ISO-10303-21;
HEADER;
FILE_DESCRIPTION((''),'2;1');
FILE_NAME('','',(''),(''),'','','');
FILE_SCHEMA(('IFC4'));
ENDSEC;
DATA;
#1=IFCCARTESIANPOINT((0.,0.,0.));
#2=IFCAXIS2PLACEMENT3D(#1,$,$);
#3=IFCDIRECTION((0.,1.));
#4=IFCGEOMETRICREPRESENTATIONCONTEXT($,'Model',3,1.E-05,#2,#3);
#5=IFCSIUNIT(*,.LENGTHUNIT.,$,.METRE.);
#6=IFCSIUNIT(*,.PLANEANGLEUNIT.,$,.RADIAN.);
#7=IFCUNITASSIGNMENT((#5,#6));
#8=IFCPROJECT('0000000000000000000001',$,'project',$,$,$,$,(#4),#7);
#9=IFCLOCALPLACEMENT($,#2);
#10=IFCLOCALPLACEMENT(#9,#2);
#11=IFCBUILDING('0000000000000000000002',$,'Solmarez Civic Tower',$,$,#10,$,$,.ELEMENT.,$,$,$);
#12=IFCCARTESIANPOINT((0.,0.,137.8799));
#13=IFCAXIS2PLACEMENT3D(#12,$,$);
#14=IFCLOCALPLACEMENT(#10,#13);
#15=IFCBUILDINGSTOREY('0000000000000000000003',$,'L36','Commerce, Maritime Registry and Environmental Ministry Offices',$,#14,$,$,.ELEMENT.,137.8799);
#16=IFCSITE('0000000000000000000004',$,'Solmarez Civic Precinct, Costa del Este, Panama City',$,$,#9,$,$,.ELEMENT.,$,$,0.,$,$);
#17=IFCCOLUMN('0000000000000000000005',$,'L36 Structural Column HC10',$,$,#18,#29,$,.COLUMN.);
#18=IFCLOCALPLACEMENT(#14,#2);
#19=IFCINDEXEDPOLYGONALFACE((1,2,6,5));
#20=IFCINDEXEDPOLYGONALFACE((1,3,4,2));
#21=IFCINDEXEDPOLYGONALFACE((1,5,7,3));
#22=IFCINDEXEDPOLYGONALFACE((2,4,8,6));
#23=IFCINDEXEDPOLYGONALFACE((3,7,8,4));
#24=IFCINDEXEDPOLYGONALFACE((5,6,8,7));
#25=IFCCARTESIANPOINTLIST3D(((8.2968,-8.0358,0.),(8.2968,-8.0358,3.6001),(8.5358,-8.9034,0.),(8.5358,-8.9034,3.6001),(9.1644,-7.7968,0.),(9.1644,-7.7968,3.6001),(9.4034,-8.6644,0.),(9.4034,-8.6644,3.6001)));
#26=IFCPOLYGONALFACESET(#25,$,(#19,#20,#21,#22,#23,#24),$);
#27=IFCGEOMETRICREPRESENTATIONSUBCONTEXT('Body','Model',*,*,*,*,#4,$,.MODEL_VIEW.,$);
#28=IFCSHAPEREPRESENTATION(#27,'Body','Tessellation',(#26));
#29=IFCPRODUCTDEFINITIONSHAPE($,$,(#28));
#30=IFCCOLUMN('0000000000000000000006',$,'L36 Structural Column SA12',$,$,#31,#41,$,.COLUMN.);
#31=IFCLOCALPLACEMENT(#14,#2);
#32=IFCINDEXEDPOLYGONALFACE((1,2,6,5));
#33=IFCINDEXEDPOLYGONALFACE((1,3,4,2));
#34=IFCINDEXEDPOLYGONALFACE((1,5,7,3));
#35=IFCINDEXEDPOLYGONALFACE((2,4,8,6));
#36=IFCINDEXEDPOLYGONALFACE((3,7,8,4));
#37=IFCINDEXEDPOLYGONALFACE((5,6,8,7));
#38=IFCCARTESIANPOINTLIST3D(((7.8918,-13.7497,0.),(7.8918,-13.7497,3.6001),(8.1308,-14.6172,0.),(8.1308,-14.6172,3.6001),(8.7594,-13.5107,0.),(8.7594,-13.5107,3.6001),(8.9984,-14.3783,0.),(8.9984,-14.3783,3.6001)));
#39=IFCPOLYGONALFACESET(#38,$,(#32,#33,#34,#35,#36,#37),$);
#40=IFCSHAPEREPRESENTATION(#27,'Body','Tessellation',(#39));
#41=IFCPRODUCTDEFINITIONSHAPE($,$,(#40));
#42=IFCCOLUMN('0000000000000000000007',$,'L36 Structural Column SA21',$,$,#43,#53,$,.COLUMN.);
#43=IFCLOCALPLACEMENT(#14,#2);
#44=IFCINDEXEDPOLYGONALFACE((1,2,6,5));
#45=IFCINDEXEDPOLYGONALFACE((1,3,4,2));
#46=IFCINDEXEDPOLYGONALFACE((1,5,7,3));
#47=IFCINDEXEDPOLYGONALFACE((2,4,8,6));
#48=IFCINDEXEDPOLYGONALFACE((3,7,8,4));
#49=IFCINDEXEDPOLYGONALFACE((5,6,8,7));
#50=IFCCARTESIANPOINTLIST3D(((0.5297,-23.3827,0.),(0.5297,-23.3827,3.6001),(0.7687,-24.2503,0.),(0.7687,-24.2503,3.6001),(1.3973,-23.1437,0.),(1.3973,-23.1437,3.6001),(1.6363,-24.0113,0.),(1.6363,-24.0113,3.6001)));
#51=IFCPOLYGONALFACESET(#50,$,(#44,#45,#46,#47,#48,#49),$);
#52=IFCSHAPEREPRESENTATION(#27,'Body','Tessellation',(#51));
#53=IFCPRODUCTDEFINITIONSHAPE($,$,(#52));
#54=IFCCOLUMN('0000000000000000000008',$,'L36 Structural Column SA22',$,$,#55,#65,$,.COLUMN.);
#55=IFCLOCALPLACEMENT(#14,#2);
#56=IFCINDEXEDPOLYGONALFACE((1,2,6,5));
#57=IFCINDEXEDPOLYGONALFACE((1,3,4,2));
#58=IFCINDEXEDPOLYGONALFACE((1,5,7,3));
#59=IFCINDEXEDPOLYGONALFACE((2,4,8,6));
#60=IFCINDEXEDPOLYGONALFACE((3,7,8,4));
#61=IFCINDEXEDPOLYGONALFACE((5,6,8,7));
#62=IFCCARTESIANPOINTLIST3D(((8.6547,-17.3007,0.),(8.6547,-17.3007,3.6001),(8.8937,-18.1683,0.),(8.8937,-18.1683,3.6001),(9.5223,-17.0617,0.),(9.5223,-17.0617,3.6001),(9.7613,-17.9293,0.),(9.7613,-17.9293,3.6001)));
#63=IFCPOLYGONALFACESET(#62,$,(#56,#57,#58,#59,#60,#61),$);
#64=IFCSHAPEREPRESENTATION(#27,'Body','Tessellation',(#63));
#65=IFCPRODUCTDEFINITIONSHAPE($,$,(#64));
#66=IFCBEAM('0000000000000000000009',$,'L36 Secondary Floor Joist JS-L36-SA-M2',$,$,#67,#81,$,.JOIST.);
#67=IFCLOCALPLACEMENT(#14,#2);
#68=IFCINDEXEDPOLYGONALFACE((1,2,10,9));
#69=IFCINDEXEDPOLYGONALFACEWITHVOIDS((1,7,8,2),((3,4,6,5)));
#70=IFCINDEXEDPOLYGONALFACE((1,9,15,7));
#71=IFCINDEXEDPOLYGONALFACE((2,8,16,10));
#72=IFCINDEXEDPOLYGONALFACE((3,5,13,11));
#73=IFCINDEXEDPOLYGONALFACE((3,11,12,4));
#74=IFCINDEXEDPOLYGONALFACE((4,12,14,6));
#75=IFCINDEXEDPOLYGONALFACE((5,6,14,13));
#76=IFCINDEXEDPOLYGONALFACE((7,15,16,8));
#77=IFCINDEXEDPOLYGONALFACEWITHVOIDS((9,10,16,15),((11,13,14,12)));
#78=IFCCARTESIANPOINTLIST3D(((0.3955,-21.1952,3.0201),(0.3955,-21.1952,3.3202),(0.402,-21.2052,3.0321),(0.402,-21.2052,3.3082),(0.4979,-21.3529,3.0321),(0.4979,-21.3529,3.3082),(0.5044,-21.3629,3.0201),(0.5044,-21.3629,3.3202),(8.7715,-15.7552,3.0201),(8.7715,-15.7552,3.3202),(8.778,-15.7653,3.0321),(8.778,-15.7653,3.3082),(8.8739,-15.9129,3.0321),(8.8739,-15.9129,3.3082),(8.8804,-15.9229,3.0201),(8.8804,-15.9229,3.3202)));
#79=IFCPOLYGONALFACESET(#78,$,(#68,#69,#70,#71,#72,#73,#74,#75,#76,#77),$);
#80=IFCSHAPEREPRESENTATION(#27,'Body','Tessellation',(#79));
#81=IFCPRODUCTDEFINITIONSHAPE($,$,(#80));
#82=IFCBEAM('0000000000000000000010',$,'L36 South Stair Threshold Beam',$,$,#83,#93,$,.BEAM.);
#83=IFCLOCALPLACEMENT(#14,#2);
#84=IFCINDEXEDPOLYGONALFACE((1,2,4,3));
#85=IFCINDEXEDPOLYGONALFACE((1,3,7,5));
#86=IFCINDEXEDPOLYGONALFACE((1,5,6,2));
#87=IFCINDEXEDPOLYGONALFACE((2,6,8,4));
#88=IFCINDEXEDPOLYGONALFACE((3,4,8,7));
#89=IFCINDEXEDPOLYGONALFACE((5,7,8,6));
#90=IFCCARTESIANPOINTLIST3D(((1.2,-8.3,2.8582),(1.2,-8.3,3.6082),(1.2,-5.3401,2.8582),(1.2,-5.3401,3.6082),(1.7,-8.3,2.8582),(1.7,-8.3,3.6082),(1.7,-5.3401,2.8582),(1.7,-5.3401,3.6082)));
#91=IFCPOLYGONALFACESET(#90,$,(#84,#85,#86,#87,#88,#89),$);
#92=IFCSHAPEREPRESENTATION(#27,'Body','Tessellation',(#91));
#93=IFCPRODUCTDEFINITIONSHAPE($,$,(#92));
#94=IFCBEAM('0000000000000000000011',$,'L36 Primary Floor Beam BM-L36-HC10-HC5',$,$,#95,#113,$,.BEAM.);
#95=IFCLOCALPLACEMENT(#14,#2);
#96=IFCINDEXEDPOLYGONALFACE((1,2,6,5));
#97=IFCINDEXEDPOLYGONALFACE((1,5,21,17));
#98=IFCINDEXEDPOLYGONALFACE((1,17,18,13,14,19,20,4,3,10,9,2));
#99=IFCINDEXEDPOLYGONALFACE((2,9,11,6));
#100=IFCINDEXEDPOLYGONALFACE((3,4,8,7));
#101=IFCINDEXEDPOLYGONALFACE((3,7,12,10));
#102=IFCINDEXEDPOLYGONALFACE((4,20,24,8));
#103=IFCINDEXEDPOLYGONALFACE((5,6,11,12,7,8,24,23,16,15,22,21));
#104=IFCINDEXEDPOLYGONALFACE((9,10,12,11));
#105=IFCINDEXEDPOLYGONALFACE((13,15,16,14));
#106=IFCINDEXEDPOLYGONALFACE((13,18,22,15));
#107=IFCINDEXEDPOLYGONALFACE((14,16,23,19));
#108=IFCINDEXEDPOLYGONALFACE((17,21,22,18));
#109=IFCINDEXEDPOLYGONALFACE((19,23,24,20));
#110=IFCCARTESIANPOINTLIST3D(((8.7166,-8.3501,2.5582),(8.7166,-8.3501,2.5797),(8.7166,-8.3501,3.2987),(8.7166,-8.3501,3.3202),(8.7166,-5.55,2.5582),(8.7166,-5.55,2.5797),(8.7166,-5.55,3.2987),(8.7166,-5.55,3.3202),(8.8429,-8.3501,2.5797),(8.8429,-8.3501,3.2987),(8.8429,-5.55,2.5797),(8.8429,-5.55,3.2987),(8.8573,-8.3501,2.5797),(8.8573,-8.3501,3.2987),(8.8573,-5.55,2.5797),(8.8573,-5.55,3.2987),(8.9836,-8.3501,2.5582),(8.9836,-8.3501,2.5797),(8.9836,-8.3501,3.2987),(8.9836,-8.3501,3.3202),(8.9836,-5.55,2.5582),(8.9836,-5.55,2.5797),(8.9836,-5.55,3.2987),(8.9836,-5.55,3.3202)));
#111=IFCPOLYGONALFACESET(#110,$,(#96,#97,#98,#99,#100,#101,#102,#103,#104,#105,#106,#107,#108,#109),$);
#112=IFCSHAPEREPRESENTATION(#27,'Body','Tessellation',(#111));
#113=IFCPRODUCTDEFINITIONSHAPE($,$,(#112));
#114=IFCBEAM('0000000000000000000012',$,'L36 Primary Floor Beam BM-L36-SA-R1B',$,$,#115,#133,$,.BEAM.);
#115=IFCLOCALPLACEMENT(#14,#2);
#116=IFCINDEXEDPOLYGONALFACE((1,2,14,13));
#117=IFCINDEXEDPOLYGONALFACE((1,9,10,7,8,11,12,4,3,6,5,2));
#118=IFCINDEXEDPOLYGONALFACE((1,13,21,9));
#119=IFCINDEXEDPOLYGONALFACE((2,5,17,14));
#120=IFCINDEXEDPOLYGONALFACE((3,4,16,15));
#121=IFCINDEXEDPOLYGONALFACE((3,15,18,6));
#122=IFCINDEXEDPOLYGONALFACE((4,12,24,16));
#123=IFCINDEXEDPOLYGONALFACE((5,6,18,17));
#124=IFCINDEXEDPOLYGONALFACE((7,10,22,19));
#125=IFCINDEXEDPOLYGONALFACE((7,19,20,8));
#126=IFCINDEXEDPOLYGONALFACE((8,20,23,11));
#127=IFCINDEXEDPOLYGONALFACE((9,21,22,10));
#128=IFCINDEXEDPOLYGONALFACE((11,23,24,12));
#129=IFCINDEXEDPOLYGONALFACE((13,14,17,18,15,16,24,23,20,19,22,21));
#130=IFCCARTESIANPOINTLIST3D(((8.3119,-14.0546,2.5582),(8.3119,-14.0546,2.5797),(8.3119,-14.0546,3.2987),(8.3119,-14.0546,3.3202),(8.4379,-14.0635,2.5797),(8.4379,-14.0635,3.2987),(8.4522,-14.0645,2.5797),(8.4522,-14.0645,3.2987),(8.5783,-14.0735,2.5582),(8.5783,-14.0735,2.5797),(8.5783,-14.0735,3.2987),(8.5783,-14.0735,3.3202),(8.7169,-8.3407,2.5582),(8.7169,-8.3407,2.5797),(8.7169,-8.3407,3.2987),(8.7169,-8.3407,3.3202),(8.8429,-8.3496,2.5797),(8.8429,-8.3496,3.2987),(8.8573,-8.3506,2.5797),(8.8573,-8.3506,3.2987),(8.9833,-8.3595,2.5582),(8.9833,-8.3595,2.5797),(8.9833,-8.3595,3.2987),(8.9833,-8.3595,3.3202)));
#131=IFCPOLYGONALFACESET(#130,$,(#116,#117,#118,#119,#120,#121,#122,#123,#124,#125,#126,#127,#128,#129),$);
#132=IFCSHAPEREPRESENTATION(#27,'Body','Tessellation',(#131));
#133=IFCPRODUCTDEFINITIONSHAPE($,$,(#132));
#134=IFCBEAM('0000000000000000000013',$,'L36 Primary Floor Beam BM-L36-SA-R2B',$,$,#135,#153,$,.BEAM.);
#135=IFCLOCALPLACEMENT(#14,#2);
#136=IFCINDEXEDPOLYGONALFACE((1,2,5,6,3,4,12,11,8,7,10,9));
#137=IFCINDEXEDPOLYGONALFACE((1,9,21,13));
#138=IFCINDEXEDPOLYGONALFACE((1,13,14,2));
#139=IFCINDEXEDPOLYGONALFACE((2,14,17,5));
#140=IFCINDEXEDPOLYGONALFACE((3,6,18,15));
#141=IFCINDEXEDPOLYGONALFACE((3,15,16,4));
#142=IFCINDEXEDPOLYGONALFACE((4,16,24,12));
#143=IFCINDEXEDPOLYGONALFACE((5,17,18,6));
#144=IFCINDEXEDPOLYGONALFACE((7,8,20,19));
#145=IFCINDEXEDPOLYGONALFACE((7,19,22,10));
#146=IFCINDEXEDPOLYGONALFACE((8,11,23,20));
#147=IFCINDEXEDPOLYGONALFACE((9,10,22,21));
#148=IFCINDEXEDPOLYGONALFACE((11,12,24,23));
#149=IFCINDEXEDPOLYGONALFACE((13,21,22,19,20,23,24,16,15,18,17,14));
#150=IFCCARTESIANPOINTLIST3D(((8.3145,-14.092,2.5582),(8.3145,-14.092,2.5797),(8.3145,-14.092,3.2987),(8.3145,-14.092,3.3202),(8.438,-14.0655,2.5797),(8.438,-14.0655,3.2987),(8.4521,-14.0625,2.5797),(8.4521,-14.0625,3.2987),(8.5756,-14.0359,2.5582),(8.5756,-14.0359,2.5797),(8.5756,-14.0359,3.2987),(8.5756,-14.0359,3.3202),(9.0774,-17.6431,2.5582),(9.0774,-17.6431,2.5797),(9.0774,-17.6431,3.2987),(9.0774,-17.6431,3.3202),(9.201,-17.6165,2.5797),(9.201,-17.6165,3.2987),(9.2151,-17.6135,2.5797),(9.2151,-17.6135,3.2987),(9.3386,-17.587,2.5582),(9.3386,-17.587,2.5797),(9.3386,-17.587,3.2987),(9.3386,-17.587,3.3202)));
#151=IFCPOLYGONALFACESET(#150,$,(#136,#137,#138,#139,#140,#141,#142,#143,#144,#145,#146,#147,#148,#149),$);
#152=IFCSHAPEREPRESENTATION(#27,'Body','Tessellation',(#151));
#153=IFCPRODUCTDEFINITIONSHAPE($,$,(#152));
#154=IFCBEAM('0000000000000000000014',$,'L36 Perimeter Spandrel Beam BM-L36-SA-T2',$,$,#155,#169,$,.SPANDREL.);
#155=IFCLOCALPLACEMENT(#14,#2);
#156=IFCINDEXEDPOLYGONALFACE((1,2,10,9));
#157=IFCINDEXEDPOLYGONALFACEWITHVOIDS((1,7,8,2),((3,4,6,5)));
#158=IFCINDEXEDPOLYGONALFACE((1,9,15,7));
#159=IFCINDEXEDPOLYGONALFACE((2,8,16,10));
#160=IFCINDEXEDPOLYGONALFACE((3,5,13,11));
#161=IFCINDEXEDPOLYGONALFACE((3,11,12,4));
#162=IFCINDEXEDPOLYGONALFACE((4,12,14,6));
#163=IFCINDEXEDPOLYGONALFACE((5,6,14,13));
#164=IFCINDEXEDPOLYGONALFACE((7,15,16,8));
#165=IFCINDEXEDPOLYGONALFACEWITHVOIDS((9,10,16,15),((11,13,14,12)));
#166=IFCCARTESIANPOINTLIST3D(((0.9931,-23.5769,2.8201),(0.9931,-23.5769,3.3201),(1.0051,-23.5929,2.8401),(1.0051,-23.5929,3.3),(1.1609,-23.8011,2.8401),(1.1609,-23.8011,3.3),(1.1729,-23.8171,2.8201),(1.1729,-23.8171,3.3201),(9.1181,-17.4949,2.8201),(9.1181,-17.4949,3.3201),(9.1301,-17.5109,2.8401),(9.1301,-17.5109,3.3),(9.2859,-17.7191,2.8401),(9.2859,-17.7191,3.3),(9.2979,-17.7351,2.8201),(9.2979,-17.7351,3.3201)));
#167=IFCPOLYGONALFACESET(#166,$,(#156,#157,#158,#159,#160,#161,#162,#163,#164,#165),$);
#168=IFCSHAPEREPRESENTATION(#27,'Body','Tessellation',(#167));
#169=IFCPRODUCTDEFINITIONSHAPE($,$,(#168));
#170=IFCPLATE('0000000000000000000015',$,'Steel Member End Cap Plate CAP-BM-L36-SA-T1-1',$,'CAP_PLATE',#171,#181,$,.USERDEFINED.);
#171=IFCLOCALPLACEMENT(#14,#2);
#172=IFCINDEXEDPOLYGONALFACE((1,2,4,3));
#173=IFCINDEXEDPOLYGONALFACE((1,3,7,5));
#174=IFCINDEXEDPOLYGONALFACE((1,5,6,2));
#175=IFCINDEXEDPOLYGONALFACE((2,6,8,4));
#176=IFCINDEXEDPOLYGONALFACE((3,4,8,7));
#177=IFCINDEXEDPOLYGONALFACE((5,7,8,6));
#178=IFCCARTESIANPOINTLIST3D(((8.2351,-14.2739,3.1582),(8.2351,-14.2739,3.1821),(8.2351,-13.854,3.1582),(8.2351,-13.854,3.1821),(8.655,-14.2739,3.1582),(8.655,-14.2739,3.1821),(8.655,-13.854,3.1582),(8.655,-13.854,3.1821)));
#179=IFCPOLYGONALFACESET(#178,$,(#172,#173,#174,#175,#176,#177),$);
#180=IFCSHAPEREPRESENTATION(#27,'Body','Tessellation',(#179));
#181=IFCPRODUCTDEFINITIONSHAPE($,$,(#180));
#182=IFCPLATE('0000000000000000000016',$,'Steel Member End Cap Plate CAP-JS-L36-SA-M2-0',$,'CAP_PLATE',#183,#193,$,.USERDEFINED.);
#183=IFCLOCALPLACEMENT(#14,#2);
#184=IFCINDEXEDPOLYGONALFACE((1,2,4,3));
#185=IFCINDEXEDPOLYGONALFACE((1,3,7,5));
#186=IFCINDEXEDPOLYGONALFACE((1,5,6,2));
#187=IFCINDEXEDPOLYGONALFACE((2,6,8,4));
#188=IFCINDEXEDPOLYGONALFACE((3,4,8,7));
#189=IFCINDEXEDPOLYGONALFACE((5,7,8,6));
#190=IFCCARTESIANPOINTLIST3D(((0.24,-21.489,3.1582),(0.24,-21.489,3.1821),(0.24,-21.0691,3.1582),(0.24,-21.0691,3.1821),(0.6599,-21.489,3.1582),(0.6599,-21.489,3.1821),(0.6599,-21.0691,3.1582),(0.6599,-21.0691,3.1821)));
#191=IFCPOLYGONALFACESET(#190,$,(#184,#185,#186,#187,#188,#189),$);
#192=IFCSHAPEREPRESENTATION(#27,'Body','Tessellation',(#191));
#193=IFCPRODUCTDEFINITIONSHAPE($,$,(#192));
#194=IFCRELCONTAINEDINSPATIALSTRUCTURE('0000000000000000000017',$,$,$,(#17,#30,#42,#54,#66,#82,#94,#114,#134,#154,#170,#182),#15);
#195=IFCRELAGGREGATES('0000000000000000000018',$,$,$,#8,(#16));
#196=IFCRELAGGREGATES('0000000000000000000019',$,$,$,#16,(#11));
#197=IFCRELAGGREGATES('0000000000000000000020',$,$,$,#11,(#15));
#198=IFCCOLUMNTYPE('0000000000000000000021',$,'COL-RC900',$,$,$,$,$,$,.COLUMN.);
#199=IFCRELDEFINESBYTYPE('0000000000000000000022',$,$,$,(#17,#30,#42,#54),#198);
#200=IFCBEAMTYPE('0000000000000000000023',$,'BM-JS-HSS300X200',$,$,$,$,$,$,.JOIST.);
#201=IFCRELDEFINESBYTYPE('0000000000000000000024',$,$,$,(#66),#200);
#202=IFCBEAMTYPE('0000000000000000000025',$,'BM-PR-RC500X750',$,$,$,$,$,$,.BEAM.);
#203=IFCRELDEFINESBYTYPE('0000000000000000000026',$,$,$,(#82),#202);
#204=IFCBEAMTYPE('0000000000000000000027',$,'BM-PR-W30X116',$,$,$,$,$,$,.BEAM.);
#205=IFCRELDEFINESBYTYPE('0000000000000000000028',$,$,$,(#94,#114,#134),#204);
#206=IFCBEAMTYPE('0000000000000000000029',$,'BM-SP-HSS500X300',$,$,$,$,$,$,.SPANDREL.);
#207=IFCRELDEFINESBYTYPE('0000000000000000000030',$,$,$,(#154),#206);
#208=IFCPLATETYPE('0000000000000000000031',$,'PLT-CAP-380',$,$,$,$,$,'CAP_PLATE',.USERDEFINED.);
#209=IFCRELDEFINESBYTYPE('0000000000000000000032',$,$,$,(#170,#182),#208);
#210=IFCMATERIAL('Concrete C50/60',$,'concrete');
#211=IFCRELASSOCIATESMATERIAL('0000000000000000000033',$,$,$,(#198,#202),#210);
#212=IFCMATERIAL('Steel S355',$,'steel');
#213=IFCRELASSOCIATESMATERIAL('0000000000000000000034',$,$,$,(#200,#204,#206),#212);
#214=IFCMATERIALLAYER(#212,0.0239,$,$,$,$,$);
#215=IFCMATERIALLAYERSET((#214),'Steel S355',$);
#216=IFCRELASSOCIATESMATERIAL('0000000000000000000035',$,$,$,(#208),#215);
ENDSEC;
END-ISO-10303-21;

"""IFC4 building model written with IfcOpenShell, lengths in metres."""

from ifc_helpers import new_model, si_unit, direction, frame, origin, origin_2d, place, context, subcontext, project, spatial, rectangle, hollow_rectangle, i_section, extrude, material, layer, layer_set, material_profile, profile_set, type_object, element, save


model = new_model("IFC4")

# Units and contexts
model_context = context("Model", 3, precision=1e-05, world=origin(), true_north=direction((0.0, 1.0)))
body_context = subcontext(model_context, "Body", "Model", "MODEL_VIEW")
ifc_project = project(units=[si_unit("LENGTHUNIT", "METRE"), si_unit("PLANEANGLEUNIT", "RADIAN")], contexts=[model_context])

# Site, building, storey
site_placement = place(None, origin())
site = spatial("IfcSite", under=ifc_project, at=site_placement, Name="Solmarez Civic Precinct, Costa del Este, Panama City", CompositionType="ELEMENT", RefElevation=0.0)
building_placement = place(site_placement, origin())
building = spatial("IfcBuilding", under=site, at=building_placement, Name="Solmarez Civic Tower", CompositionType="ELEMENT")
storey_placement = place(building_placement, frame((0.0, 0.0, 137.8799)))
storey = spatial("IfcBuildingStorey", under=building, at=storey_placement, Name="L36", Description="Commerce, Maritime Registry and Environmental Ministry Offices", CompositionType="ELEMENT", Elevation=137.8799)

# Columns
ifc_material_1 = material(Name="Concrete C50/60", Category="concrete")
ifc_material_profile_1 = material_profile(ifc_material_1, rectangle(XDim=0.8999, YDim=0.8999, at=origin_2d()), Name="RC900X900")
ifc_profile_set_1 = profile_set([ifc_material_profile_1], Name="Concrete C50/60")
column_type = type_object("IfcColumnType", Name="COL-RC900", PredefinedType="COLUMN", material=ifc_profile_set_1)
for number, where, z_axis, x_axis, name in (
    (1, (8.8501, -8.3501, 0.0), (0.0, 0.0, 1.0), (0.964095, 0.265556, 0.0), "L36 Structural Column HC10"),
    (2, (8.4451, -14.064, 0.0), (0.0, 0.0, 1.0), (0.964095, 0.265556, 0.0), "L36 Structural Column SA12"),
    (3, (1.083, -23.697, 0.0), (0.0, 0.0, 1.0), (0.964095, 0.265556, 0.0), "L36 Structural Column SA21"),
    (4, (9.208, -17.615, 0.0), (0.0, 0.0, 1.0), (0.964095, 0.265556, 0.0), "L36 Structural Column SA22"),
):
    element("IfcColumn", number, at=place(storey_placement, frame(where, z_axis=z_axis, x_axis=x_axis)), inside=storey, type_object=column_type, Name=name, PredefinedType="COLUMN", context=body_context, shape_type="SweptSolid", body=[
        extrude(rectangle(XDim=0.8999, YDim=0.8999, at=origin_2d()), origin(), (0.0, 0.0, 1.0), 3.6001),
    ])

# Beams
ifc_material_2 = material(Name="Steel S355", Category="steel")
ifc_material_profile_2 = material_profile(ifc_material_2, hollow_rectangle(XDim=0.2, YDim=0.3, WallThickness=0.012, at=origin_2d()), Name="HSS300X200X12")
ifc_profile_set_2 = profile_set([ifc_material_profile_2], Name="Steel S355")
beam_type_1 = type_object("IfcBeamType", Name="BM-JS-HSS300X200", PredefinedType="JOIST", material=ifc_profile_set_2)
beam_1_placement = place(storey_placement, frame((0.45, -21.2791, 3.1702), z_axis=(0.838647, 0.544676, 0.0), x_axis=(-0.544676, 0.838647, 0.0)))
element("IfcBeam", 5, at=beam_1_placement, inside=storey, type_object=beam_type_1, Name="L36 Secondary Floor Joist JS-L36-SA-M2", PredefinedType="JOIST", context=body_context, shape_type="SweptSolid", body=[
    extrude(hollow_rectangle(XDim=0.2, YDim=0.3, WallThickness=0.012, at=origin_2d()), origin(), (0.0, 0.0, 1.0), 9.9875),
])
ifc_material_profile_3 = material_profile(ifc_material_1, rectangle(XDim=0.5, YDim=0.75, at=origin_2d()), Name="RC500X750")
ifc_profile_set_3 = profile_set([ifc_material_profile_3], Name="Concrete C50/60")
beam_type_2 = type_object("IfcBeamType", Name="BM-PR-RC500X750", PredefinedType="BEAM", material=ifc_profile_set_3)
beam_2_placement = place(storey_placement, frame((1.45, -8.3, 3.2332), z_axis=(0.0, 1.0, 0.0), x_axis=(-1.0, 0.0, 0.0)))
element("IfcBeam", 6, at=beam_2_placement, inside=storey, type_object=beam_type_2, Name="L36 South Stair Threshold Beam", PredefinedType="BEAM", context=body_context, shape_type="SweptSolid", body=[
    extrude(rectangle(XDim=0.5, YDim=0.75, at=origin_2d()), origin(), (0.0, 0.0, 1.0), 2.96),
])
ifc_material_profile_4 = material_profile(ifc_material_2, i_section(OverallWidth=0.2671, OverallDepth=0.762, WebThickness=0.0144, FlangeThickness=0.0215, at=origin_2d()), Name="W30X116")
ifc_profile_set_4 = profile_set([ifc_material_profile_4], Name="Steel S355")
beam_type_3 = type_object("IfcBeamType", Name="BM-PR-W30X116", PredefinedType="BEAM", material=ifc_profile_set_4)
beam_3_placement = place(storey_placement, frame((8.8501, -8.3501, 2.9392), z_axis=(0.0, 1.0, 0.0), x_axis=(-1.0, 0.0, 0.0)))
element("IfcBeam", 7, at=beam_3_placement, inside=storey, type_object=beam_type_3, Name="L36 Primary Floor Beam BM-L36-HC10-HC5", PredefinedType="BEAM", context=body_context, shape_type="SweptSolid", body=[
    extrude(i_section(OverallWidth=0.2671, OverallDepth=0.762, WebThickness=0.0144, FlangeThickness=0.0215, at=origin_2d()), origin(), (0.0, 0.0, 1.0), 2.8),
])
beam_4_placement = place(storey_placement, frame((8.8501, -8.3501, 2.9392), z_axis=(-0.070708, -0.997497, 0.0), x_axis=(0.997497, -0.070708, 0.0)))
element("IfcBeam", 8, at=beam_4_placement, inside=storey, type_object=beam_type_3, Name="L36 Primary Floor Beam BM-L36-SA-R1B", PredefinedType="BEAM", context=body_context, shape_type="SweptSolid", body=[
    extrude(i_section(OverallWidth=0.2671, OverallDepth=0.762, WebThickness=0.0144, FlangeThickness=0.0215, at=origin_2d()), origin(), (0.0, 0.0, 1.0), 5.7283),
])
beam_5_placement = place(storey_placement, frame((8.4451, -14.064, 2.9392), z_axis=(0.210057, -0.977689, 0.0), x_axis=(0.977689, 0.210057, 0.0)))
element("IfcBeam", 9, at=beam_5_placement, inside=storey, type_object=beam_type_3, Name="L36 Primary Floor Beam BM-L36-SA-R2B", PredefinedType="BEAM", context=body_context, shape_type="SweptSolid", body=[
    extrude(i_section(OverallWidth=0.2671, OverallDepth=0.762, WebThickness=0.0144, FlangeThickness=0.0215, at=origin_2d()), origin(), (0.0, 0.0, 1.0), 3.6321),
])
ifc_material_profile_5 = material_profile(ifc_material_2, hollow_rectangle(XDim=0.3, YDim=0.5, WallThickness=0.02, at=origin_2d()), Name="HSS500X300X20")
ifc_profile_set_5 = profile_set([ifc_material_profile_5], Name="Steel S355")
beam_type_4 = type_object("IfcBeamType", Name="BM-SP-HSS500X300", PredefinedType="SPANDREL", material=ifc_profile_set_5)
beam_6_placement = place(storey_placement, frame((1.083, -23.697, 3.0701), z_axis=(0.800554, 0.599261, 0.0), x_axis=(-0.599261, 0.800554, 0.0)))
element("IfcBeam", 10, at=beam_6_placement, inside=storey, type_object=beam_type_4, Name="L36 Perimeter Spandrel Beam BM-L36-SA-T2", PredefinedType="SPANDREL", context=body_context, shape_type="SweptSolid", body=[
    extrude(hollow_rectangle(XDim=0.3, YDim=0.5, WallThickness=0.02, at=origin_2d()), origin(), (0.0, 0.0, 1.0), 10.1492),
])

# Plates
ifc_layer_1 = layer(ifc_material_2, 0.0239)
ifc_layer_set_1 = layer_set([ifc_layer_1], Name="Steel S355")
plate_type_1 = type_object("IfcPlateType", Name="PLT-CAP-380", ElementType="CAP_PLATE", PredefinedType="USERDEFINED", material=ifc_layer_set_1)
for number, where, z_axis, x_axis, name in (
    (11, (8.4451, -14.064, 3.1582), (0.0, 0.0, 1.0), (1.0, 0.0, 0.0), "Steel Member End Cap Plate CAP-BM-L36-SA-T1-1"),
    (12, (0.45, -21.2791, 3.1582), (0.0, 0.0, 1.0), (1.0, 0.0, 0.0), "Steel Member End Cap Plate CAP-JS-L36-SA-M2-0"),
):
    element("IfcPlate", number, at=place(storey_placement, frame(where, z_axis=z_axis, x_axis=x_axis)), inside=storey, type_object=plate_type_1, Name=name, ObjectType="CAP_PLATE", PredefinedType="USERDEFINED", context=body_context, shape_type="SweptSolid", body=[
        extrude(rectangle(XDim=0.4199, YDim=0.4199, at=origin_2d()), origin(), (0.0, 0.0, 1.0), 0.0239),
    ])

save(model, "model.ifc")
